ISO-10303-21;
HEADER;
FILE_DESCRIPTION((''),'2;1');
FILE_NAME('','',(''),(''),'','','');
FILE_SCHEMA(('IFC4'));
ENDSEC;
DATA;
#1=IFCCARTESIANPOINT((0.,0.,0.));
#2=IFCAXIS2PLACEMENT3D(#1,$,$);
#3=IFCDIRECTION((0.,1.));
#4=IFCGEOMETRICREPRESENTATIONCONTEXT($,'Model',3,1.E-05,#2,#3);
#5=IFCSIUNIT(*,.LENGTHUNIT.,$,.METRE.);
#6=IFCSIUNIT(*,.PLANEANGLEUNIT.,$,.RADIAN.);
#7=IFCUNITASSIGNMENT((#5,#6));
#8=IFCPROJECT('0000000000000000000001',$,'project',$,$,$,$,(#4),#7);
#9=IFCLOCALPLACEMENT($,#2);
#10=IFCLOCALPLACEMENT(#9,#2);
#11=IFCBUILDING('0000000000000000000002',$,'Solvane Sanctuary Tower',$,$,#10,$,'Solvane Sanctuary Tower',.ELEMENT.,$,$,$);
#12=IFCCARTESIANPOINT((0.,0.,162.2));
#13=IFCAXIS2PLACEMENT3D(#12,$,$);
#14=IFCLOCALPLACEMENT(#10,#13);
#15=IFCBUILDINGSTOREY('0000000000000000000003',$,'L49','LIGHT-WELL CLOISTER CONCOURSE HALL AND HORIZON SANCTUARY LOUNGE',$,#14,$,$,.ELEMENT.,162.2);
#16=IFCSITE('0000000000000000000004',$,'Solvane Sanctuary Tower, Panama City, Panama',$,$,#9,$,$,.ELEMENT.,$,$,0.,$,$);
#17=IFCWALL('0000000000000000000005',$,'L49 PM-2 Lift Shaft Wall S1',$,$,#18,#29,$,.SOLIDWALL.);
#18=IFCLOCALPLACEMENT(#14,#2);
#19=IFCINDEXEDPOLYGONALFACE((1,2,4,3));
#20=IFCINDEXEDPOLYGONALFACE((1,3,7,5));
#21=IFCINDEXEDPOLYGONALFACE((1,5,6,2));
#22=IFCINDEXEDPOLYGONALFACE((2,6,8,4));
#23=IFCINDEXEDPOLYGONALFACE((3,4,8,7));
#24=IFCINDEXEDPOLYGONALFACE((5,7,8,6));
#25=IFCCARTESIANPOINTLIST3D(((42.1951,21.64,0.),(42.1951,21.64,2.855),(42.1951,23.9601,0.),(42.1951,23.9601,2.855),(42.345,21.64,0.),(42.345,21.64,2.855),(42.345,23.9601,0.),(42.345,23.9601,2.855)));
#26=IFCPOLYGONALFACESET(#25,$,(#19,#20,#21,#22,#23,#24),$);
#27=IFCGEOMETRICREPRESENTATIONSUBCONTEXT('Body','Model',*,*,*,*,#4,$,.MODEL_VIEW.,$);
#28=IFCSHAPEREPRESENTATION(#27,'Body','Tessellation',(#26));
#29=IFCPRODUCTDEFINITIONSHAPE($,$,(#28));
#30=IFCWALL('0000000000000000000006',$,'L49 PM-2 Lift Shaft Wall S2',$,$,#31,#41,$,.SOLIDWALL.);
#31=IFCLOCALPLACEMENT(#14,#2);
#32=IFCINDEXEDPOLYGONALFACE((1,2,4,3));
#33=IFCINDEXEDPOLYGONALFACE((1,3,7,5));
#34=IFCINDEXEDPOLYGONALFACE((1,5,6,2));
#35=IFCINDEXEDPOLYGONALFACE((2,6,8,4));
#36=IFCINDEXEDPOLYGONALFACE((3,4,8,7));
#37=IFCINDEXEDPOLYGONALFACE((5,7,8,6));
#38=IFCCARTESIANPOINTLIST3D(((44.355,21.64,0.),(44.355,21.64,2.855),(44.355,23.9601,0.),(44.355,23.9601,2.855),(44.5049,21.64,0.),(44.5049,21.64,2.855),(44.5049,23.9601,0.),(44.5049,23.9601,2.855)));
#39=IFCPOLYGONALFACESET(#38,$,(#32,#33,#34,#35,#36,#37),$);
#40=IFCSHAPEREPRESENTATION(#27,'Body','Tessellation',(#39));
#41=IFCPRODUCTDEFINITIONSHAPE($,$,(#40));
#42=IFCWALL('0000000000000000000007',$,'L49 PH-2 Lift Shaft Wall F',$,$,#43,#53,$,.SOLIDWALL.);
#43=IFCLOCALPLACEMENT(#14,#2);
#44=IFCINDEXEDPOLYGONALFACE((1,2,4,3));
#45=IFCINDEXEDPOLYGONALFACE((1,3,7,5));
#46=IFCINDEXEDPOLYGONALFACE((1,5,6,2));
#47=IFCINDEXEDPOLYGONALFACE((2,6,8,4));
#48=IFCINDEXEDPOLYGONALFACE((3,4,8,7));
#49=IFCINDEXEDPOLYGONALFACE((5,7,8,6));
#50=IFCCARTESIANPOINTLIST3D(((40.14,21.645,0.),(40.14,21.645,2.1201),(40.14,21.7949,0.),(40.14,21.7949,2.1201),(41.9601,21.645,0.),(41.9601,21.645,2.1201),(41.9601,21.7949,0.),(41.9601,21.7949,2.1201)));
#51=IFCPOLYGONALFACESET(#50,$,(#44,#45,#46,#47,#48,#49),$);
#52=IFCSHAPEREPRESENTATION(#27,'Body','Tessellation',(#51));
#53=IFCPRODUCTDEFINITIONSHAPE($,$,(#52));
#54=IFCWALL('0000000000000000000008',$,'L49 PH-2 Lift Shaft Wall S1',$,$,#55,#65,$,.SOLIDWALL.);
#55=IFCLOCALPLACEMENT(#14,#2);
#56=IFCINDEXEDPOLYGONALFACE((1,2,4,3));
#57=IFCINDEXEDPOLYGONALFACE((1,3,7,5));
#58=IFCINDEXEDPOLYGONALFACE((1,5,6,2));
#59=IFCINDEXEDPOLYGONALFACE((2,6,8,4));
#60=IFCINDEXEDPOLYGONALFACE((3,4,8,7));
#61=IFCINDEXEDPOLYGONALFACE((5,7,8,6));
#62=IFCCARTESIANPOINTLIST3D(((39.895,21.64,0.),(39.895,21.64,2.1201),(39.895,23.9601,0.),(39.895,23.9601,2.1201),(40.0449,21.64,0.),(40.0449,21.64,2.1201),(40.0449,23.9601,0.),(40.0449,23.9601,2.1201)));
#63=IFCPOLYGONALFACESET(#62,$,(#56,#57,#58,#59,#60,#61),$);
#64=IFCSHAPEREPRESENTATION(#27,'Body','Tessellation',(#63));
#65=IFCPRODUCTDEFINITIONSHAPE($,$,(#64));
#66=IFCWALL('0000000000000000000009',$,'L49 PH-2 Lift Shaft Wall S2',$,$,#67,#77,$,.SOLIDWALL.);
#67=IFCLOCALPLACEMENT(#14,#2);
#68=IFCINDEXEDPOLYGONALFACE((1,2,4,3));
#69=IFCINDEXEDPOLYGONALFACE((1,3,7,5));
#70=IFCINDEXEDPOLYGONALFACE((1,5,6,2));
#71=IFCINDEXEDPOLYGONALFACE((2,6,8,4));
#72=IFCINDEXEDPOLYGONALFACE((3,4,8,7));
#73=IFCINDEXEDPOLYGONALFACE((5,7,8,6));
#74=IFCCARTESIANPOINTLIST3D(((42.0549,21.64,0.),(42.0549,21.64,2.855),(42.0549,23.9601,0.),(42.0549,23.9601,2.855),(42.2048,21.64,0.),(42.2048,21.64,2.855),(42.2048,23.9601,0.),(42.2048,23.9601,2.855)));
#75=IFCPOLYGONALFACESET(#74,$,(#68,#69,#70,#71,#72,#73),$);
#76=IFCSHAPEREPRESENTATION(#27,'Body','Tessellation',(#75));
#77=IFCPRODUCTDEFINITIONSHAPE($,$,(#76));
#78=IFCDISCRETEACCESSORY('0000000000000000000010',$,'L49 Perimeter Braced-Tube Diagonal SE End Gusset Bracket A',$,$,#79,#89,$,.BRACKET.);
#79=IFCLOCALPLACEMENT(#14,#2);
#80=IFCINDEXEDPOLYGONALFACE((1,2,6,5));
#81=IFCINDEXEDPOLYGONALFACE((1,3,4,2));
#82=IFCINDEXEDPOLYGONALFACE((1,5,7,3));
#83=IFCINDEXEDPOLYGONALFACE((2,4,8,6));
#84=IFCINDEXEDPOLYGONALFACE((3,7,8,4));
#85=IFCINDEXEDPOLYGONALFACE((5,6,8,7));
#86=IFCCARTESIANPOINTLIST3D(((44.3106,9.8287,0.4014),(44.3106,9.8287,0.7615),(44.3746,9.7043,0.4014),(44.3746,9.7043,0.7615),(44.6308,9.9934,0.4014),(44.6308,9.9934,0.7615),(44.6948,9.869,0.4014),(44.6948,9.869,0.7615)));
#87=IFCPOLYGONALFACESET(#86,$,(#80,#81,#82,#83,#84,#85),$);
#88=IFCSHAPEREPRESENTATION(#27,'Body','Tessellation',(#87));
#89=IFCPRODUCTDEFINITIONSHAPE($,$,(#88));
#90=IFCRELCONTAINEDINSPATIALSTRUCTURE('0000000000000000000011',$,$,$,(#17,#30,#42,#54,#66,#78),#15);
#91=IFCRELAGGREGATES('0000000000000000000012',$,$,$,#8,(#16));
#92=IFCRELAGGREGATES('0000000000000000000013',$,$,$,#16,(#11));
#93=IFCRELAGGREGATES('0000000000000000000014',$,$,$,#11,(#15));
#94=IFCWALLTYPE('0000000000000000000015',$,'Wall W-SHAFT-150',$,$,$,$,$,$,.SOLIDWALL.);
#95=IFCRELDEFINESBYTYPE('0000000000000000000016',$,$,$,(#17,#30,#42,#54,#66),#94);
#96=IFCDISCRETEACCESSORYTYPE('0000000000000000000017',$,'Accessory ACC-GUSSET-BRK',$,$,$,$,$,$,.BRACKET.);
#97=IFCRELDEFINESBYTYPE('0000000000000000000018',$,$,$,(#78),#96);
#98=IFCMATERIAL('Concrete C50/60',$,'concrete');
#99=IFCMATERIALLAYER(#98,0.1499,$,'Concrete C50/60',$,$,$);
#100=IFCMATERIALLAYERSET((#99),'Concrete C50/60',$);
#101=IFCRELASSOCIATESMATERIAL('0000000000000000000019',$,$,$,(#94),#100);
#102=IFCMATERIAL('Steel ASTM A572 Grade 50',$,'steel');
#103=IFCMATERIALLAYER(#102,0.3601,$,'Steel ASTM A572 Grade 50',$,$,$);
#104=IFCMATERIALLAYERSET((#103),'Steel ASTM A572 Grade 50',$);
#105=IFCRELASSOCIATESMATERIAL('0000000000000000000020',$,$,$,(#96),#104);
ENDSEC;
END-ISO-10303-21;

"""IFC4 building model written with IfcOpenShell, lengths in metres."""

from ifc_helpers import new_model, si_unit, direction, frame, frame_2d, origin, origin_2d, place, context, subcontext, project, spatial, rectangle, extrude, material, layer, layer_set, type_object, element, save


model = new_model("IFC4")

# Units and contexts
model_context = context("Model", 3, precision=1e-05, world=origin(), true_north=direction((0.0, 1.0)))
body_context = subcontext(model_context, "Body", "Model", "MODEL_VIEW")
ifc_project = project(units=[si_unit("LENGTHUNIT", "METRE"), si_unit("PLANEANGLEUNIT", "RADIAN")], contexts=[model_context])

# Site, building, storey
site_placement = place(None, origin())
site = spatial("IfcSite", under=ifc_project, at=site_placement, Name="Solvane Sanctuary Tower, Panama City, Panama", CompositionType="ELEMENT", RefElevation=0.0)
building_placement = place(site_placement, origin())
building = spatial("IfcBuilding", under=site, at=building_placement, Name="Solvane Sanctuary Tower", LongName="Solvane Sanctuary Tower", CompositionType="ELEMENT")
storey_placement = place(building_placement, frame((0.0, 0.0, 162.2)))
storey = spatial("IfcBuildingStorey", under=building, at=storey_placement, Name="L49", Description="LIGHT-WELL CLOISTER CONCOURSE HALL AND HORIZON SANCTUARY LOUNGE", CompositionType="ELEMENT", Elevation=162.2)

# Shared definitions
ifc_material_1 = material(Name="Concrete C50/60", Category="concrete")
ifc_layer_1 = layer(ifc_material_1, 0.1499, Name="Concrete C50/60")
ifc_layer_set_1 = layer_set([ifc_layer_1], Name="Concrete C50/60")
wall_type_1 = type_object("IfcWallType", Name="Wall W-SHAFT-150", PredefinedType="SOLIDWALL", material=ifc_layer_set_1)

# Walls
for number, where, z_axis, x_axis, name in (
    (1, (42.27, 21.6399, 0.0), (0.0, 0.0, 1.0), (0.0, 1.0, 0.0), "L49 PM-2 Lift Shaft Wall S1"),
    (2, (44.4299, 21.6399, 0.0), (0.0, 0.0, 1.0), (0.0, 1.0, 0.0), "L49 PM-2 Lift Shaft Wall S2"),
):
    element("IfcWall", number, at=place(storey_placement, frame(where, z_axis=z_axis, x_axis=x_axis)), inside=storey, type_object=wall_type_1, Name=name, PredefinedType="SOLIDWALL", context=body_context, shape_type="SweptSolid", body=[
        extrude(rectangle(XDim=2.3201, YDim=0.1499, at=frame_2d((1.1602, 0.0))), origin(), (0.0, 0.0, 1.0), 2.855),
    ])
wall_1_placement = place(storey_placement, frame((40.1399, 21.72, 0.0), z_axis=(0.0, 0.0, 1.0), x_axis=(1.0, 0.0, 0.0)))
element("IfcWall", 3, at=wall_1_placement, inside=storey, type_object=wall_type_1, Name="L49 PH-2 Lift Shaft Wall F", PredefinedType="SOLIDWALL", context=body_context, shape_type="SweptSolid", body=[
    extrude(rectangle(XDim=1.8201, YDim=0.1499, at=frame_2d((0.9102, 0.0))), origin(), (0.0, 0.0, 1.0), 2.1201),
])
wall_2_placement = place(storey_placement, frame((39.97, 21.6399, 0.0), z_axis=(0.0, 0.0, 1.0), x_axis=(0.0, 1.0, 0.0)))
element("IfcWall", 4, at=wall_2_placement, inside=storey, type_object=wall_type_1, Name="L49 PH-2 Lift Shaft Wall S1", PredefinedType="SOLIDWALL", context=body_context, shape_type="SweptSolid", body=[
    extrude(rectangle(XDim=2.3201, YDim=0.1499, at=frame_2d((1.1602, 0.0))), origin(), (0.0, 0.0, 1.0), 2.1201),
])
wall_3_placement = place(storey_placement, frame((42.1299, 21.6399, 0.0), z_axis=(0.0, 0.0, 1.0), x_axis=(0.0, 1.0, 0.0)))
element("IfcWall", 5, at=wall_3_placement, inside=storey, type_object=wall_type_1, Name="L49 PH-2 Lift Shaft Wall S2", PredefinedType="SOLIDWALL", context=body_context, shape_type="SweptSolid", body=[
    extrude(rectangle(XDim=2.3201, YDim=0.1499, at=frame_2d((1.1602, 0.0))), origin(), (0.0, 0.0, 1.0), 2.855),
])

# Discrete accessory
ifc_material_2 = material(Name="Steel ASTM A572 Grade 50", Category="steel")
ifc_layer_2 = layer(ifc_material_2, 0.3601, Name="Steel ASTM A572 Grade 50")
ifc_layer_set_2 = layer_set([ifc_layer_2], Name="Steel ASTM A572 Grade 50")
discrete_accessory_type = type_object("IfcDiscreteAccessoryType", Name="Accessory ACC-GUSSET-BRK", PredefinedType="BRACKET", material=ifc_layer_set_2)
discrete_accessory_placement = place(storey_placement, frame((44.5027, 9.8489, 0.4014), z_axis=(0.0, 0.0, 1.0), x_axis=(0.889257, 0.457408, 0.0)))
element("IfcDiscreteAccessory", 6, at=discrete_accessory_placement, inside=storey, type_object=discrete_accessory_type, Name="L49 Perimeter Braced-Tube Diagonal SE End Gusset Bracket A", PredefinedType="BRACKET", context=body_context, shape_type="SweptSolid", body=[
    extrude(rectangle(XDim=0.3601, YDim=0.1399, at=origin_2d()), origin(), (0.0, 0.0, 1.0), 0.3601),
])

save(model, "model.ifc")
